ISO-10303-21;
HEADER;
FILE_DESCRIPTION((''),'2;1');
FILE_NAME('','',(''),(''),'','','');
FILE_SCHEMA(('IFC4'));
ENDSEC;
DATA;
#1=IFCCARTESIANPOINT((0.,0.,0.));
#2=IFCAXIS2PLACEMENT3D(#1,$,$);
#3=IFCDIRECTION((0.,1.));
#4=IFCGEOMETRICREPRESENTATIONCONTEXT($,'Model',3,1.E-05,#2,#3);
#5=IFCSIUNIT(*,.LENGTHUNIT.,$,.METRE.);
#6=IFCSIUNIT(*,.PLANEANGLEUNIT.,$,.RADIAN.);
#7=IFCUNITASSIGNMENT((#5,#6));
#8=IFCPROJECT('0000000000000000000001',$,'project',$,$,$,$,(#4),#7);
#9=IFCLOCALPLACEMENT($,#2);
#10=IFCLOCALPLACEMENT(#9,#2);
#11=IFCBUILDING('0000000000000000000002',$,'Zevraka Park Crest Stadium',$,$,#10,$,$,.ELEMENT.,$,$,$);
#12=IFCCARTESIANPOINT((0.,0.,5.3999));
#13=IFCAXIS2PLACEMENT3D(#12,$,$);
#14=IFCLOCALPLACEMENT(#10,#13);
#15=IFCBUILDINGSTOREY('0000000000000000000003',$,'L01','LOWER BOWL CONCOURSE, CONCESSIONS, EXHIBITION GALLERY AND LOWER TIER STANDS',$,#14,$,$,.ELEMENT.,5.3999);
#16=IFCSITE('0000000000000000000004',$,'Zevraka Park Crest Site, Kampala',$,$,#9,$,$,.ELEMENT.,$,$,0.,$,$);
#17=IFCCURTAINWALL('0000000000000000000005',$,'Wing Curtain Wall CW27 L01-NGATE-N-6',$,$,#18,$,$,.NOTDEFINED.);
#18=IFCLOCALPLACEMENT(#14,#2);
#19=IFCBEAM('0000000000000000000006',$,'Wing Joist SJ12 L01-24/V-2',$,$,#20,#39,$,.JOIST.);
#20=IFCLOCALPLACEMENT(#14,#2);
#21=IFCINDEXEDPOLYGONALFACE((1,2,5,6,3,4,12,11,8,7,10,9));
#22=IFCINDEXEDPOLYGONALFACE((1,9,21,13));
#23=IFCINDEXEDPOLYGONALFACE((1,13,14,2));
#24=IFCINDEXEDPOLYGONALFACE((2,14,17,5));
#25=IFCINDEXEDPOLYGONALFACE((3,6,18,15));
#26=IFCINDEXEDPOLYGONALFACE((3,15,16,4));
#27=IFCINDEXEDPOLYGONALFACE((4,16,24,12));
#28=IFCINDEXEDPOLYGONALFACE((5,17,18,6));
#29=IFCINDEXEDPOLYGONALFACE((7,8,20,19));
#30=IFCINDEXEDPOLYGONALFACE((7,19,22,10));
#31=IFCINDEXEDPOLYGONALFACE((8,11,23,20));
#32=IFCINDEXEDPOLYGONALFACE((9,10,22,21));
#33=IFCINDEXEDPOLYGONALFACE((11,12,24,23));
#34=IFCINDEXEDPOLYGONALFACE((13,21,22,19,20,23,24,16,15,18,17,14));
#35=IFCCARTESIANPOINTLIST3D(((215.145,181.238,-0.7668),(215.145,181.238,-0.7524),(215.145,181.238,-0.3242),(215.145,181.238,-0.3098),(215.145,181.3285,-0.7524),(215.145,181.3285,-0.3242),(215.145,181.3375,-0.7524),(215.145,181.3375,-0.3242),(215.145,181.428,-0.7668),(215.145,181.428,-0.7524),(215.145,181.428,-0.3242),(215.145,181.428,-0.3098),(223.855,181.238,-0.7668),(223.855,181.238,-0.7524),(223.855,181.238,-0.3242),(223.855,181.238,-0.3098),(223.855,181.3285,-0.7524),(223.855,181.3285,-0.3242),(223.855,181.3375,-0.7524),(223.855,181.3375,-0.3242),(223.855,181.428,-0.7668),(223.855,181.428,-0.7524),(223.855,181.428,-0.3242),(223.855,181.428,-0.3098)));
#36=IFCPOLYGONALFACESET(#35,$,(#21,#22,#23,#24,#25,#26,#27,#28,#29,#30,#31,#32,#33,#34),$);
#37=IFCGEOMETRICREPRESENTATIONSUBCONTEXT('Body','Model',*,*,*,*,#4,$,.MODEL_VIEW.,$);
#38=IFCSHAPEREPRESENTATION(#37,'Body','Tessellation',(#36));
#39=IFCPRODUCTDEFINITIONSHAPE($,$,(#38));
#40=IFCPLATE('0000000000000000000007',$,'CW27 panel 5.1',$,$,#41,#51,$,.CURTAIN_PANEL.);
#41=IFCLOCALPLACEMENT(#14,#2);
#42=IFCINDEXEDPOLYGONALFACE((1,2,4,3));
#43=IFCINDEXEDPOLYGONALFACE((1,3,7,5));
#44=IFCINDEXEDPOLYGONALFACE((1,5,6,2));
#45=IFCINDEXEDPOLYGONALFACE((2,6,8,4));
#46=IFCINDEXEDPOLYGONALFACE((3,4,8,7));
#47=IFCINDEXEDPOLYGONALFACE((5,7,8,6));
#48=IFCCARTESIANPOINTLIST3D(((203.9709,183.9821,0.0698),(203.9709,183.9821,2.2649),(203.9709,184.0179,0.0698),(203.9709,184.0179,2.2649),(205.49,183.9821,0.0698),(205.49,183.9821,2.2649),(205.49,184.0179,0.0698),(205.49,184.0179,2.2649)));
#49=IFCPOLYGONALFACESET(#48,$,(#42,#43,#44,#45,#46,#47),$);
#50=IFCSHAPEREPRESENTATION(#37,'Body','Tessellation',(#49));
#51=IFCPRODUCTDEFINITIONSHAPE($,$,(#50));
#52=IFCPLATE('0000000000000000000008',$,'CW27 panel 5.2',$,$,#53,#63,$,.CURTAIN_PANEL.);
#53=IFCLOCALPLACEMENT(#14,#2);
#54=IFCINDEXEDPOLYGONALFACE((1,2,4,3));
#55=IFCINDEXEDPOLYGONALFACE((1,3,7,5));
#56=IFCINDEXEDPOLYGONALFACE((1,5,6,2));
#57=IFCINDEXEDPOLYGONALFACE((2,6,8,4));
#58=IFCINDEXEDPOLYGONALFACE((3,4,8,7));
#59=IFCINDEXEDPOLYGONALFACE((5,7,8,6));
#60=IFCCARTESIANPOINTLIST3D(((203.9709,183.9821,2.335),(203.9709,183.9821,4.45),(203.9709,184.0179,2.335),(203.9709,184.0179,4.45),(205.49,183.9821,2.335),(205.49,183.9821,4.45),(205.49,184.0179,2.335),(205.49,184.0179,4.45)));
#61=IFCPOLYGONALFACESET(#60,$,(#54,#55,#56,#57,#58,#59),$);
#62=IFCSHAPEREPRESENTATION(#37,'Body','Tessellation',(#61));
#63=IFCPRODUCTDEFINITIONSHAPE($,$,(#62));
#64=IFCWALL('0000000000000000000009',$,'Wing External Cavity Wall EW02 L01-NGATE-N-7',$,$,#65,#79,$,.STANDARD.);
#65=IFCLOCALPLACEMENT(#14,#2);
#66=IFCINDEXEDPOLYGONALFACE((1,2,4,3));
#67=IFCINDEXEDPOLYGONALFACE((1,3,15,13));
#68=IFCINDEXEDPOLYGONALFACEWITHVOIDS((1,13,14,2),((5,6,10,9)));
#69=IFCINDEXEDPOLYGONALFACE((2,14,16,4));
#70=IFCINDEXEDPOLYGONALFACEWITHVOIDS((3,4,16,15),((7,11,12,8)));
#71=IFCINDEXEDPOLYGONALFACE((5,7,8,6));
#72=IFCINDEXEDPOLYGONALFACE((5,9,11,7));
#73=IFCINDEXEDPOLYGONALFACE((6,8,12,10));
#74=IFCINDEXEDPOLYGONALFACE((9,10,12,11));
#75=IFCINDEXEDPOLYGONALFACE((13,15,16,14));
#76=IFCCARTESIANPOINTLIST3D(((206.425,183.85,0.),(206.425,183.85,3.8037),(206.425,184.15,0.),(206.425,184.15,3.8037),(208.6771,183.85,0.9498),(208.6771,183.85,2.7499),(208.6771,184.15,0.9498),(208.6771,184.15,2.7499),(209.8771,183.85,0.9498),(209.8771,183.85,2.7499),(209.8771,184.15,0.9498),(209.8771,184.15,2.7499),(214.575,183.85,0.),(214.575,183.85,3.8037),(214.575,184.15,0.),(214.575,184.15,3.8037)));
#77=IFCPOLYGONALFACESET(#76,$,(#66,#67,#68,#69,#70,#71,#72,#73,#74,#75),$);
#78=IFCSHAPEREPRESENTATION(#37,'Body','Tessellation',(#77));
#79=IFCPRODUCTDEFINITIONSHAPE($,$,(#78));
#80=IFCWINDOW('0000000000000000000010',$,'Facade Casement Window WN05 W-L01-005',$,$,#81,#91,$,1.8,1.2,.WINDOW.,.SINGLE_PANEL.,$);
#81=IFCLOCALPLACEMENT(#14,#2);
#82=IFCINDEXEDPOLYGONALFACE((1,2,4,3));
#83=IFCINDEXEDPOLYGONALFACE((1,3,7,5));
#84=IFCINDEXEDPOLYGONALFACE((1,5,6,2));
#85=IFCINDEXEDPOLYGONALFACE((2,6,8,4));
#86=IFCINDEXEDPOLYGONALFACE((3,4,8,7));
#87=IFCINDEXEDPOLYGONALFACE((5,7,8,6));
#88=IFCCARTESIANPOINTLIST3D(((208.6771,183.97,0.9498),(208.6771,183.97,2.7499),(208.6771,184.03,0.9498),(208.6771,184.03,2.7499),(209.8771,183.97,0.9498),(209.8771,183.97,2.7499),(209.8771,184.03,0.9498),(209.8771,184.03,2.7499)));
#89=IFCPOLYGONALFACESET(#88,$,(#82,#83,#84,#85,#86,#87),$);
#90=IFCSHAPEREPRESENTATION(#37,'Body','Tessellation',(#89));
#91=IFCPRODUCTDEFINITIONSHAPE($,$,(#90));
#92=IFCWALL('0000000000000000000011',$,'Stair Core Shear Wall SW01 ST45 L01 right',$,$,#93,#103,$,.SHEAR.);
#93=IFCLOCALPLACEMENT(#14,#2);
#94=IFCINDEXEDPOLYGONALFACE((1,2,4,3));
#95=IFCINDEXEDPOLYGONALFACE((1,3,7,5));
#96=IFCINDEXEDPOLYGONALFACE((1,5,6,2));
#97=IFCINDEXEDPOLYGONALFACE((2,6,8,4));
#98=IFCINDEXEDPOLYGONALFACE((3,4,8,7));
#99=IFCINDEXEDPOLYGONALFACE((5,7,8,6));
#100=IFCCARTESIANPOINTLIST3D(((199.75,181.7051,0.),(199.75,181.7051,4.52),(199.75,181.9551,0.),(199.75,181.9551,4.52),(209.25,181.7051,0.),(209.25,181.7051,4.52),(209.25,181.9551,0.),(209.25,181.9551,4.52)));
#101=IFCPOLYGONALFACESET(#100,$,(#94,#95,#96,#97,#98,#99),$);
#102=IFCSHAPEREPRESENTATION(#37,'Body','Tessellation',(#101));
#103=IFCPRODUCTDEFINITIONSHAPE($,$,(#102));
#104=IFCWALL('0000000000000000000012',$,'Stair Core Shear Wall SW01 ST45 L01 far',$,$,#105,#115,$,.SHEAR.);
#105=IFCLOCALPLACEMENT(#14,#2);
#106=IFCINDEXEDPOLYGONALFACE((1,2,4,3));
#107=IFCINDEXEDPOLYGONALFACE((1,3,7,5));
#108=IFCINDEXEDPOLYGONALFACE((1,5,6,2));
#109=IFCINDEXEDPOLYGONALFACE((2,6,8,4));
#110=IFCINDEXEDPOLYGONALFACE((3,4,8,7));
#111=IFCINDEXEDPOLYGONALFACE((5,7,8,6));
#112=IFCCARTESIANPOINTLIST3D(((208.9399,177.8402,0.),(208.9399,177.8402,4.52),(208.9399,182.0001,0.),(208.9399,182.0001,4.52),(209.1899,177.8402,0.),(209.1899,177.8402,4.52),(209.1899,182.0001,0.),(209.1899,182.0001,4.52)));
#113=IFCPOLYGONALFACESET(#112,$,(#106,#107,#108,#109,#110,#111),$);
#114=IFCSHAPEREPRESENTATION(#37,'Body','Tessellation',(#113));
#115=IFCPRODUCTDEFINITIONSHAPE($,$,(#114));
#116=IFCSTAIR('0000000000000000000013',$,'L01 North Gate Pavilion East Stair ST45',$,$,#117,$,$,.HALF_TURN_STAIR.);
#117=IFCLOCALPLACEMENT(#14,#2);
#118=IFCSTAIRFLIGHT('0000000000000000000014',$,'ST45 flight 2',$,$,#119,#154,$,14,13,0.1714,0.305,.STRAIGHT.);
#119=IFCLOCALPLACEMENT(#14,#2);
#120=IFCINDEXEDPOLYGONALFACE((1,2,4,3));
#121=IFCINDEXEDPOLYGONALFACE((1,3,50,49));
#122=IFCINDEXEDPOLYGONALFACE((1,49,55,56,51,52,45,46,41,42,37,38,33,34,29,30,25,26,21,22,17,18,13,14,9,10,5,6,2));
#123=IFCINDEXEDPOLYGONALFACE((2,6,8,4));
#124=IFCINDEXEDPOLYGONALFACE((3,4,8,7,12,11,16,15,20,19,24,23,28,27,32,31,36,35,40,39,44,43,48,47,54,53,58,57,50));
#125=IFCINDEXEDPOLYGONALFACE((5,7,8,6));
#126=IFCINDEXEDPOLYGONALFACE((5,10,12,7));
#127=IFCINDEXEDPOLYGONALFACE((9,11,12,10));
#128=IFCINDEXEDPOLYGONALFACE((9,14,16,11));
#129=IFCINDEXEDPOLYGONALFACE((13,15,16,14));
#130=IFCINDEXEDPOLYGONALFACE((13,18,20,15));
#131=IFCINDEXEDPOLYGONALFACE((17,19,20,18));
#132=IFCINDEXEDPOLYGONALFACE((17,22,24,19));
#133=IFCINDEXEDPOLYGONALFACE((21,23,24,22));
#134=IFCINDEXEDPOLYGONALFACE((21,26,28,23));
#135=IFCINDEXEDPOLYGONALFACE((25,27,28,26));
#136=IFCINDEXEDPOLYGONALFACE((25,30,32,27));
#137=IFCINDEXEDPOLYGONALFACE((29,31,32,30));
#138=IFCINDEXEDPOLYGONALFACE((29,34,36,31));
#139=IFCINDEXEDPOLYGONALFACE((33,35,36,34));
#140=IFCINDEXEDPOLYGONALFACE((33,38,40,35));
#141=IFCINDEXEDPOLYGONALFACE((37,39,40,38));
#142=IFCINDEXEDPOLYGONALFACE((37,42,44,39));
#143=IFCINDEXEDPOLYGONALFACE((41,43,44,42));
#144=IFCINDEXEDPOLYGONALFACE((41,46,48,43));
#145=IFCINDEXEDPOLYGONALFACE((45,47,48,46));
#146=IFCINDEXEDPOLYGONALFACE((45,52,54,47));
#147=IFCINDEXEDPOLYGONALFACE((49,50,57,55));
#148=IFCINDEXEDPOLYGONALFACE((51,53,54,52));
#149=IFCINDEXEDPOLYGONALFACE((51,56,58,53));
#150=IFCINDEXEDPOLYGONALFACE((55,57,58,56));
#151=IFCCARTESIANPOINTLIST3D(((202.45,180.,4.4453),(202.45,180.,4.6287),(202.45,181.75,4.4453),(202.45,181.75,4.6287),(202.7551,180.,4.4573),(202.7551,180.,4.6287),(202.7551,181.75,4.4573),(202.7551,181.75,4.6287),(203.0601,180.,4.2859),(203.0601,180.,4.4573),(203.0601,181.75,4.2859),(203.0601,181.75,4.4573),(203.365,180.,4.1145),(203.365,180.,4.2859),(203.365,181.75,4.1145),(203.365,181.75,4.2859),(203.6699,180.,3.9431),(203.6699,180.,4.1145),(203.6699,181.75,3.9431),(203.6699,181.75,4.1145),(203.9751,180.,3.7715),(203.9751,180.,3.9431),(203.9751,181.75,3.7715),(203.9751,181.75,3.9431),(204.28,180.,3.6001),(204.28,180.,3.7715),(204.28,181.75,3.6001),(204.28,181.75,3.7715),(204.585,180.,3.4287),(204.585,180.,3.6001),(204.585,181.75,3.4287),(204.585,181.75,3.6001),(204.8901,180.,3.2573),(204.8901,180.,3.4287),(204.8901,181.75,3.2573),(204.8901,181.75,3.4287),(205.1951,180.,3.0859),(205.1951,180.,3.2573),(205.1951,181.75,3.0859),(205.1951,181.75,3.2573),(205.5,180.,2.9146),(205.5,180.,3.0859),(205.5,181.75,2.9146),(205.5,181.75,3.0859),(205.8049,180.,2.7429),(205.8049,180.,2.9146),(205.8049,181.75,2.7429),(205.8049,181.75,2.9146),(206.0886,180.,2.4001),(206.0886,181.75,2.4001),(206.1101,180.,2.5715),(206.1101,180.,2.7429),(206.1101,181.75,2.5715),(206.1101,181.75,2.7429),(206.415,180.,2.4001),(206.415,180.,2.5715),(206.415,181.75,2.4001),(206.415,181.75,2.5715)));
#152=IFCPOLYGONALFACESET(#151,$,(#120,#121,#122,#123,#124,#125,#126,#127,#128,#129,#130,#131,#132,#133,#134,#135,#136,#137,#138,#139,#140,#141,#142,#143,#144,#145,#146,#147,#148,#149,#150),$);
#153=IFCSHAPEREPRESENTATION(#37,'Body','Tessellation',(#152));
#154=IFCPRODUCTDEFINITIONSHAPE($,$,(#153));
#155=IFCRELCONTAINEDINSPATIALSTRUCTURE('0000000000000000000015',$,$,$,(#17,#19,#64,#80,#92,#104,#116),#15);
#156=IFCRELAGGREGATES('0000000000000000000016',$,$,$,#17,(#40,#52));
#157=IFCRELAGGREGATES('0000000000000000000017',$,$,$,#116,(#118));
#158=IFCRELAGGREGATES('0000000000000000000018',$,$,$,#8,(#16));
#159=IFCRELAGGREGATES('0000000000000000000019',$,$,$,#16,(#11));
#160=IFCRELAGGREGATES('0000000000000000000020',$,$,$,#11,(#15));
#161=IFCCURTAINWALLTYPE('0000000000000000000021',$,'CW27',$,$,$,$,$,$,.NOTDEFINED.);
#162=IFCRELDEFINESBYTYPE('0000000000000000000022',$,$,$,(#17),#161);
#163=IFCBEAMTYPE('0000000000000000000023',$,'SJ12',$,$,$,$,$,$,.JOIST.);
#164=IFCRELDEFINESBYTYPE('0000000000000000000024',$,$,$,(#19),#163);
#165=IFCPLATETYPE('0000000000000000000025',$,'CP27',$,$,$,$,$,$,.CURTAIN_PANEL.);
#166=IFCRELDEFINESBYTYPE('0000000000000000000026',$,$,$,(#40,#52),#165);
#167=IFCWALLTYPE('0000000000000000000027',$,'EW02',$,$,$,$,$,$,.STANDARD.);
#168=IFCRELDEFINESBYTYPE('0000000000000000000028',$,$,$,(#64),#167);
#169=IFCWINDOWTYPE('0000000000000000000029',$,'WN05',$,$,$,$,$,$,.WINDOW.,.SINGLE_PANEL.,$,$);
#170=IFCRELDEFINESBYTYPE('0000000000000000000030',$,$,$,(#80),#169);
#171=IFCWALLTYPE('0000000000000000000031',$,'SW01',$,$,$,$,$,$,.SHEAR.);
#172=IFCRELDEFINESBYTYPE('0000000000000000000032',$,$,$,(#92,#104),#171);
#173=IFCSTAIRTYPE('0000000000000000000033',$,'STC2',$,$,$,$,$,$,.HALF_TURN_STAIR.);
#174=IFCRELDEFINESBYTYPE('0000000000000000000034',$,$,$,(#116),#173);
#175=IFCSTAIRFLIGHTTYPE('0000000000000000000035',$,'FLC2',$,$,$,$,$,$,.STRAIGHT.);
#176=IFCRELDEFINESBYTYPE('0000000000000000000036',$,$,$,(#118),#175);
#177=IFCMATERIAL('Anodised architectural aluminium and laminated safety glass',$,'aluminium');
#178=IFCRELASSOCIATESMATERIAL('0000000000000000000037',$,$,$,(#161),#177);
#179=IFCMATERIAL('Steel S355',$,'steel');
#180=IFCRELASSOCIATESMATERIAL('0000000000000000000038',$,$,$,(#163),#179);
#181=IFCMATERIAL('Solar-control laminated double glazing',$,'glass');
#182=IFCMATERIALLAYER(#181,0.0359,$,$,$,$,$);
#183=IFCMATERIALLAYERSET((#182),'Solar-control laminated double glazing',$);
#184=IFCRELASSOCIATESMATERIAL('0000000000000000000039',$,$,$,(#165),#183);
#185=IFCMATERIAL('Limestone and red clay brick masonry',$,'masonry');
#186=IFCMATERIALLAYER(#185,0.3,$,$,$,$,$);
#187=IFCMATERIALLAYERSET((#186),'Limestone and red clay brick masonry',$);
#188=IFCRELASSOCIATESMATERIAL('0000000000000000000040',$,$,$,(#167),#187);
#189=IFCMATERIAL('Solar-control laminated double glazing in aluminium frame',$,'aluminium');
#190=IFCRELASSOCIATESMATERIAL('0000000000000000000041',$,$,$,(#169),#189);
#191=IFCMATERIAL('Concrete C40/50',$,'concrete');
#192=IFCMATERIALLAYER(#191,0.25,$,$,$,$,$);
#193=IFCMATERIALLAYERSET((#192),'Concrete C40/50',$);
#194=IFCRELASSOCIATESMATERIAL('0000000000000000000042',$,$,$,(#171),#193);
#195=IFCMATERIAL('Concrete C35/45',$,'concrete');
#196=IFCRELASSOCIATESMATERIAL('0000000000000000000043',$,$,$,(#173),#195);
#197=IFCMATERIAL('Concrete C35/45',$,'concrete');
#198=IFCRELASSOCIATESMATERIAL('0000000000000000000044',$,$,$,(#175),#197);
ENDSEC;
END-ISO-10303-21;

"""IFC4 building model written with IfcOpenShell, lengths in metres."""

from ifc_helpers import new_model, si_unit, direction, frame, frame_2d, origin, origin_2d, place, context, subcontext, project, spatial, polyline, rectangle, i_section, outline, extrude, material, layer, layer_set, material_profile, profile_set, type_object, element, fill, aggregate, save


model = new_model("IFC4")

# Units and contexts
model_context = context("Model", 3, precision=1e-05, world=origin(), true_north=direction((0.0, 1.0)))
body_context = subcontext(model_context, "Body", "Model", "MODEL_VIEW")
ifc_project = project(units=[si_unit("LENGTHUNIT", "METRE"), si_unit("PLANEANGLEUNIT", "RADIAN")], contexts=[model_context])

# Site, building, storey
site_placement = place(None, origin())
site = spatial("IfcSite", under=ifc_project, at=site_placement, Name="Zevraka Park Crest Site, Kampala", CompositionType="ELEMENT", RefElevation=0.0)
building_placement = place(site_placement, origin())
building = spatial("IfcBuilding", under=site, at=building_placement, Name="Zevraka Park Crest Stadium", CompositionType="ELEMENT")
storey_placement = place(building_placement, frame((0.0, 0.0, 5.3999)))
storey = spatial("IfcBuildingStorey", under=building, at=storey_placement, Name="L01", Description="LOWER BOWL CONCOURSE, CONCESSIONS, EXHIBITION GALLERY AND LOWER TIER STANDS", CompositionType="ELEMENT", Elevation=5.3999)

# Curtain wall
ifc_material_1 = material(Name="Anodised architectural aluminium and laminated safety glass", Category="aluminium")
curtain_wall_type = type_object("IfcCurtainWallType", Name="CW27", PredefinedType="NOTDEFINED", material=ifc_material_1)
curtain_wall_placement = place(storey_placement, origin())
curtain_wall = element("IfcCurtainWall", 1, at=curtain_wall_placement, inside=storey, type_object=curtain_wall_type, Name="Wing Curtain Wall CW27 L01-NGATE-N-6", PredefinedType="NOTDEFINED")

# Beam
ifc_material_2 = material(Name="Steel S355", Category="steel")
ifc_material_profile_1 = material_profile(ifc_material_2, i_section(OverallWidth=0.1899, OverallDepth=0.457, WebThickness=0.009, FlangeThickness=0.0144, at=origin_2d()), Name="UKB 457x191x74")
ifc_profile_set_1 = profile_set([ifc_material_profile_1], Name="Steel S355")
beam_type_1 = type_object("IfcBeamType", Name="SJ12", PredefinedType="JOIST", material=ifc_profile_set_1)
for number, where, z_axis, x_axis, name in (
    (2, (215.145, 181.333, -0.5383), (1.0, 0.0, 0.0), (0.0, 1.0, 0.0), "Wing Joist SJ12 L01-24/V-2"),
):
    element("IfcBeam", number, at=place(storey_placement, frame(where, z_axis=z_axis, x_axis=x_axis)), inside=storey, type_object=beam_type_1, Name=name, PredefinedType="JOIST", context=body_context, shape_type="SweptSolid", body=[
        extrude(i_section(OverallWidth=0.1899, OverallDepth=0.457, WebThickness=0.009, FlangeThickness=0.0144, at=origin_2d()), origin(), (0.0, 0.0, 1.0), 8.71),
    ])

# Plates
ifc_material_3 = material(Name="Solar-control laminated double glazing", Category="glass")
ifc_layer_1 = layer(ifc_material_3, 0.0359)
ifc_layer_set_1 = layer_set([ifc_layer_1], Name="Solar-control laminated double glazing")
plate_type = type_object("IfcPlateType", Name="CP27", PredefinedType="CURTAIN_PANEL", material=ifc_layer_set_1)
plate_1_placement = place(storey_placement, frame((204.7305, 184.0, 0.0698), z_axis=(0.0, 0.0, 1.0), x_axis=(1.0, 0.0, 0.0)))
plate_1 = element("IfcPlate", 3, at=plate_1_placement, type_object=plate_type, Name="CW27 panel 5.1", PredefinedType="CURTAIN_PANEL", context=body_context, shape_type="SweptSolid", body=[
    extrude(rectangle(XDim=1.519, YDim=0.0359, at=origin_2d()), origin(), (0.0, 0.0, 1.0), 2.1951),
])
plate_2_placement = place(storey_placement, frame((204.7305, 184.0, 2.335), z_axis=(0.0, 0.0, 1.0), x_axis=(1.0, 0.0, 0.0)))
plate_2 = element("IfcPlate", 4, at=plate_2_placement, type_object=plate_type, Name="CW27 panel 5.2", PredefinedType="CURTAIN_PANEL", context=body_context, shape_type="SweptSolid", body=[
    extrude(rectangle(XDim=1.519, YDim=0.0359, at=origin_2d()), origin(), (0.0, 0.0, 1.0), 2.115),
])
aggregate(curtain_wall, [plate_1, plate_2])

# Wall, opening, window
ifc_material_4 = material(Name="Limestone and red clay brick masonry", Category="masonry")
ifc_layer_2 = layer(ifc_material_4, 0.3)
ifc_layer_set_2 = layer_set([ifc_layer_2], Name="Limestone and red clay brick masonry")
wall_type_1 = type_object("IfcWallType", Name="EW02", PredefinedType="STANDARD", material=ifc_layer_set_2)
wall_1_placement = place(storey_placement, frame((206.425, 184.0, 0.0), z_axis=(0.0, 0.0, 1.0), x_axis=(1.0, 0.0, 0.0)))
wall_1 = element("IfcWall", 5, at=wall_1_placement, inside=storey, type_object=wall_type_1, Name="Wing External Cavity Wall EW02 L01-NGATE-N-7", PredefinedType="STANDARD", context=body_context, shape_type="SweptSolid", body=[
    extrude(rectangle(XDim=8.1499, YDim=0.3, at=frame_2d((4.075, 0.0))), origin(), (0.0, 0.0, 1.0), 3.8037),
])
opening_placement = place(wall_1_placement, frame((2.252, 0.0, 0.95)))
opening = element("IfcOpeningElement", 6, at=opening_placement, cuts=wall_1, PredefinedType="OPENING", context=body_context, shape_type="SweptSolid", body=[
    extrude(rectangle(XDim=1.2, YDim=1.8, at=frame_2d((0.6001, 0.8999))), frame((0.0, 0.1599, 0.0), z_axis=(0.0, -1.0, 0.0), x_axis=(1.0, 0.0, 0.0)), (0.0, 0.0, 1.0), 0.3201),
])
ifc_material_5 = material(Name="Solar-control laminated double glazing in aluminium frame", Category="aluminium")
window_type = type_object("IfcWindowType", Name="WN05", PartitioningType="SINGLE_PANEL", PredefinedType="WINDOW", material=ifc_material_5)
window_placement = place(opening_placement, origin())
window = element("IfcWindow", 7, at=window_placement, inside=storey, type_object=window_type, Name="Facade Casement Window WN05 W-L01-005", OverallHeight=1.8, OverallWidth=1.2, PartitioningType="SINGLE_PANEL", PredefinedType="WINDOW", context=body_context, shape_type="SweptSolid", body=[
    extrude(rectangle(XDim=1.2, YDim=1.8, at=frame_2d((0.6001, 0.8999))), frame((0.0, 0.03, 0.0), z_axis=(0.0, -1.0, 0.0), x_axis=(1.0, 0.0, 0.0)), (0.0, 0.0, 1.0), 0.0601),
])
fill(opening, window)

# Walls
ifc_material_6 = material(Name="Concrete C40/50", Category="concrete")
ifc_layer_3 = layer(ifc_material_6, 0.25)
ifc_layer_set_3 = layer_set([ifc_layer_3], Name="Concrete C40/50")
wall_type_2 = type_object("IfcWallType", Name="SW01", PredefinedType="SHEAR", material=ifc_layer_set_3)
wall_2_placement = place(storey_placement, frame((209.25, 181.8301, 0.0), z_axis=(0.0, 0.0, 1.0), x_axis=(-1.0, 0.0, 0.0)))
element("IfcWall", 8, at=wall_2_placement, inside=storey, type_object=wall_type_2, Name="Stair Core Shear Wall SW01 ST45 L01 right", PredefinedType="SHEAR", context=body_context, shape_type="SweptSolid", body=[
    extrude(rectangle(XDim=9.5, YDim=0.25, at=frame_2d((4.75, 0.0))), origin(), (0.0, 0.0, 1.0), 4.52),
])
wall_3_placement = place(storey_placement, frame((209.0649, 177.8401, 0.0), z_axis=(0.0, 0.0, 1.0), x_axis=(0.0, 1.0, 0.0)))
element("IfcWall", 9, at=wall_3_placement, inside=storey, type_object=wall_type_2, Name="Stair Core Shear Wall SW01 ST45 L01 far", PredefinedType="SHEAR", context=body_context, shape_type="SweptSolid", body=[
    extrude(rectangle(XDim=4.1599, YDim=0.25, at=frame_2d((2.0801, 0.0))), origin(), (0.0, 0.0, 1.0), 4.52),
])

# Stair, stair flight
ifc_material_7 = material(Name="Concrete C35/45", Category="concrete")
stair_type = type_object("IfcStairType", Name="STC2", PredefinedType="HALF_TURN_STAIR", material=ifc_material_7)
stair_placement = place(storey_placement, origin())
stair = element("IfcStair", 10, at=stair_placement, inside=storey, type_object=stair_type, Name="L01 North Gate Pavilion East Stair ST45", PredefinedType="HALF_TURN_STAIR")
ifc_material_8 = material(Name="Concrete C35/45", Category="concrete")
stair_flight_type = type_object("IfcStairFlightType", Name="FLC2", PredefinedType="STRAIGHT", material=ifc_material_8)
stair_flight_placement = place(storey_placement, frame((206.415, 180.875, 2.4001), z_axis=(0.0, 0.0, 1.0), x_axis=(-1.0, 0.0, 0.0)))
stair_flight = element("IfcStairFlight", 11, at=stair_flight_placement, type_object=stair_flight_type, Name="ST45 flight 2", NumberOfRisers=14, NumberOfTreads=13, PredefinedType="STRAIGHT", RiserHeight=0.1714, TreadLength=0.305, context=body_context, shape_type="SweptSolid", body=[
    extrude(outline(polyline([(0.0, 0.0), (0.0, 0.1714), (0.3049, 0.1714), (0.3049, 0.3428), (0.6101, 0.3428), (0.6101, 0.5144), (0.915, 0.5144), (0.915, 0.6858), (1.22, 0.6858), (1.22, 0.8572), (1.5249, 0.8572), (1.5249, 1.0286), (1.8301, 1.0286), (1.8301, 1.2), (2.135, 1.2), (2.135, 1.3713), (2.4399, 1.3713), (2.4399, 1.543), (2.7451, 1.543), (2.7451, 1.7144), (3.05, 1.7144), (3.05, 1.8857), (3.355, 1.8857), (3.355, 2.0571), (3.6599, 2.0571), (3.6599, 2.2285), (3.9651, 2.2285), (3.9651, 2.3999), (3.9651, 2.0452), (0.3264, 0.0), (0.0, 0.0)])), frame((0.0, 0.875, 0.0), z_axis=(0.0, -1.0, 0.0), x_axis=(1.0, 0.0, 0.0)), (0.0, 0.0, 1.0), 1.75),
])
aggregate(stair, [stair_flight])

save(model, "model.ifc")
